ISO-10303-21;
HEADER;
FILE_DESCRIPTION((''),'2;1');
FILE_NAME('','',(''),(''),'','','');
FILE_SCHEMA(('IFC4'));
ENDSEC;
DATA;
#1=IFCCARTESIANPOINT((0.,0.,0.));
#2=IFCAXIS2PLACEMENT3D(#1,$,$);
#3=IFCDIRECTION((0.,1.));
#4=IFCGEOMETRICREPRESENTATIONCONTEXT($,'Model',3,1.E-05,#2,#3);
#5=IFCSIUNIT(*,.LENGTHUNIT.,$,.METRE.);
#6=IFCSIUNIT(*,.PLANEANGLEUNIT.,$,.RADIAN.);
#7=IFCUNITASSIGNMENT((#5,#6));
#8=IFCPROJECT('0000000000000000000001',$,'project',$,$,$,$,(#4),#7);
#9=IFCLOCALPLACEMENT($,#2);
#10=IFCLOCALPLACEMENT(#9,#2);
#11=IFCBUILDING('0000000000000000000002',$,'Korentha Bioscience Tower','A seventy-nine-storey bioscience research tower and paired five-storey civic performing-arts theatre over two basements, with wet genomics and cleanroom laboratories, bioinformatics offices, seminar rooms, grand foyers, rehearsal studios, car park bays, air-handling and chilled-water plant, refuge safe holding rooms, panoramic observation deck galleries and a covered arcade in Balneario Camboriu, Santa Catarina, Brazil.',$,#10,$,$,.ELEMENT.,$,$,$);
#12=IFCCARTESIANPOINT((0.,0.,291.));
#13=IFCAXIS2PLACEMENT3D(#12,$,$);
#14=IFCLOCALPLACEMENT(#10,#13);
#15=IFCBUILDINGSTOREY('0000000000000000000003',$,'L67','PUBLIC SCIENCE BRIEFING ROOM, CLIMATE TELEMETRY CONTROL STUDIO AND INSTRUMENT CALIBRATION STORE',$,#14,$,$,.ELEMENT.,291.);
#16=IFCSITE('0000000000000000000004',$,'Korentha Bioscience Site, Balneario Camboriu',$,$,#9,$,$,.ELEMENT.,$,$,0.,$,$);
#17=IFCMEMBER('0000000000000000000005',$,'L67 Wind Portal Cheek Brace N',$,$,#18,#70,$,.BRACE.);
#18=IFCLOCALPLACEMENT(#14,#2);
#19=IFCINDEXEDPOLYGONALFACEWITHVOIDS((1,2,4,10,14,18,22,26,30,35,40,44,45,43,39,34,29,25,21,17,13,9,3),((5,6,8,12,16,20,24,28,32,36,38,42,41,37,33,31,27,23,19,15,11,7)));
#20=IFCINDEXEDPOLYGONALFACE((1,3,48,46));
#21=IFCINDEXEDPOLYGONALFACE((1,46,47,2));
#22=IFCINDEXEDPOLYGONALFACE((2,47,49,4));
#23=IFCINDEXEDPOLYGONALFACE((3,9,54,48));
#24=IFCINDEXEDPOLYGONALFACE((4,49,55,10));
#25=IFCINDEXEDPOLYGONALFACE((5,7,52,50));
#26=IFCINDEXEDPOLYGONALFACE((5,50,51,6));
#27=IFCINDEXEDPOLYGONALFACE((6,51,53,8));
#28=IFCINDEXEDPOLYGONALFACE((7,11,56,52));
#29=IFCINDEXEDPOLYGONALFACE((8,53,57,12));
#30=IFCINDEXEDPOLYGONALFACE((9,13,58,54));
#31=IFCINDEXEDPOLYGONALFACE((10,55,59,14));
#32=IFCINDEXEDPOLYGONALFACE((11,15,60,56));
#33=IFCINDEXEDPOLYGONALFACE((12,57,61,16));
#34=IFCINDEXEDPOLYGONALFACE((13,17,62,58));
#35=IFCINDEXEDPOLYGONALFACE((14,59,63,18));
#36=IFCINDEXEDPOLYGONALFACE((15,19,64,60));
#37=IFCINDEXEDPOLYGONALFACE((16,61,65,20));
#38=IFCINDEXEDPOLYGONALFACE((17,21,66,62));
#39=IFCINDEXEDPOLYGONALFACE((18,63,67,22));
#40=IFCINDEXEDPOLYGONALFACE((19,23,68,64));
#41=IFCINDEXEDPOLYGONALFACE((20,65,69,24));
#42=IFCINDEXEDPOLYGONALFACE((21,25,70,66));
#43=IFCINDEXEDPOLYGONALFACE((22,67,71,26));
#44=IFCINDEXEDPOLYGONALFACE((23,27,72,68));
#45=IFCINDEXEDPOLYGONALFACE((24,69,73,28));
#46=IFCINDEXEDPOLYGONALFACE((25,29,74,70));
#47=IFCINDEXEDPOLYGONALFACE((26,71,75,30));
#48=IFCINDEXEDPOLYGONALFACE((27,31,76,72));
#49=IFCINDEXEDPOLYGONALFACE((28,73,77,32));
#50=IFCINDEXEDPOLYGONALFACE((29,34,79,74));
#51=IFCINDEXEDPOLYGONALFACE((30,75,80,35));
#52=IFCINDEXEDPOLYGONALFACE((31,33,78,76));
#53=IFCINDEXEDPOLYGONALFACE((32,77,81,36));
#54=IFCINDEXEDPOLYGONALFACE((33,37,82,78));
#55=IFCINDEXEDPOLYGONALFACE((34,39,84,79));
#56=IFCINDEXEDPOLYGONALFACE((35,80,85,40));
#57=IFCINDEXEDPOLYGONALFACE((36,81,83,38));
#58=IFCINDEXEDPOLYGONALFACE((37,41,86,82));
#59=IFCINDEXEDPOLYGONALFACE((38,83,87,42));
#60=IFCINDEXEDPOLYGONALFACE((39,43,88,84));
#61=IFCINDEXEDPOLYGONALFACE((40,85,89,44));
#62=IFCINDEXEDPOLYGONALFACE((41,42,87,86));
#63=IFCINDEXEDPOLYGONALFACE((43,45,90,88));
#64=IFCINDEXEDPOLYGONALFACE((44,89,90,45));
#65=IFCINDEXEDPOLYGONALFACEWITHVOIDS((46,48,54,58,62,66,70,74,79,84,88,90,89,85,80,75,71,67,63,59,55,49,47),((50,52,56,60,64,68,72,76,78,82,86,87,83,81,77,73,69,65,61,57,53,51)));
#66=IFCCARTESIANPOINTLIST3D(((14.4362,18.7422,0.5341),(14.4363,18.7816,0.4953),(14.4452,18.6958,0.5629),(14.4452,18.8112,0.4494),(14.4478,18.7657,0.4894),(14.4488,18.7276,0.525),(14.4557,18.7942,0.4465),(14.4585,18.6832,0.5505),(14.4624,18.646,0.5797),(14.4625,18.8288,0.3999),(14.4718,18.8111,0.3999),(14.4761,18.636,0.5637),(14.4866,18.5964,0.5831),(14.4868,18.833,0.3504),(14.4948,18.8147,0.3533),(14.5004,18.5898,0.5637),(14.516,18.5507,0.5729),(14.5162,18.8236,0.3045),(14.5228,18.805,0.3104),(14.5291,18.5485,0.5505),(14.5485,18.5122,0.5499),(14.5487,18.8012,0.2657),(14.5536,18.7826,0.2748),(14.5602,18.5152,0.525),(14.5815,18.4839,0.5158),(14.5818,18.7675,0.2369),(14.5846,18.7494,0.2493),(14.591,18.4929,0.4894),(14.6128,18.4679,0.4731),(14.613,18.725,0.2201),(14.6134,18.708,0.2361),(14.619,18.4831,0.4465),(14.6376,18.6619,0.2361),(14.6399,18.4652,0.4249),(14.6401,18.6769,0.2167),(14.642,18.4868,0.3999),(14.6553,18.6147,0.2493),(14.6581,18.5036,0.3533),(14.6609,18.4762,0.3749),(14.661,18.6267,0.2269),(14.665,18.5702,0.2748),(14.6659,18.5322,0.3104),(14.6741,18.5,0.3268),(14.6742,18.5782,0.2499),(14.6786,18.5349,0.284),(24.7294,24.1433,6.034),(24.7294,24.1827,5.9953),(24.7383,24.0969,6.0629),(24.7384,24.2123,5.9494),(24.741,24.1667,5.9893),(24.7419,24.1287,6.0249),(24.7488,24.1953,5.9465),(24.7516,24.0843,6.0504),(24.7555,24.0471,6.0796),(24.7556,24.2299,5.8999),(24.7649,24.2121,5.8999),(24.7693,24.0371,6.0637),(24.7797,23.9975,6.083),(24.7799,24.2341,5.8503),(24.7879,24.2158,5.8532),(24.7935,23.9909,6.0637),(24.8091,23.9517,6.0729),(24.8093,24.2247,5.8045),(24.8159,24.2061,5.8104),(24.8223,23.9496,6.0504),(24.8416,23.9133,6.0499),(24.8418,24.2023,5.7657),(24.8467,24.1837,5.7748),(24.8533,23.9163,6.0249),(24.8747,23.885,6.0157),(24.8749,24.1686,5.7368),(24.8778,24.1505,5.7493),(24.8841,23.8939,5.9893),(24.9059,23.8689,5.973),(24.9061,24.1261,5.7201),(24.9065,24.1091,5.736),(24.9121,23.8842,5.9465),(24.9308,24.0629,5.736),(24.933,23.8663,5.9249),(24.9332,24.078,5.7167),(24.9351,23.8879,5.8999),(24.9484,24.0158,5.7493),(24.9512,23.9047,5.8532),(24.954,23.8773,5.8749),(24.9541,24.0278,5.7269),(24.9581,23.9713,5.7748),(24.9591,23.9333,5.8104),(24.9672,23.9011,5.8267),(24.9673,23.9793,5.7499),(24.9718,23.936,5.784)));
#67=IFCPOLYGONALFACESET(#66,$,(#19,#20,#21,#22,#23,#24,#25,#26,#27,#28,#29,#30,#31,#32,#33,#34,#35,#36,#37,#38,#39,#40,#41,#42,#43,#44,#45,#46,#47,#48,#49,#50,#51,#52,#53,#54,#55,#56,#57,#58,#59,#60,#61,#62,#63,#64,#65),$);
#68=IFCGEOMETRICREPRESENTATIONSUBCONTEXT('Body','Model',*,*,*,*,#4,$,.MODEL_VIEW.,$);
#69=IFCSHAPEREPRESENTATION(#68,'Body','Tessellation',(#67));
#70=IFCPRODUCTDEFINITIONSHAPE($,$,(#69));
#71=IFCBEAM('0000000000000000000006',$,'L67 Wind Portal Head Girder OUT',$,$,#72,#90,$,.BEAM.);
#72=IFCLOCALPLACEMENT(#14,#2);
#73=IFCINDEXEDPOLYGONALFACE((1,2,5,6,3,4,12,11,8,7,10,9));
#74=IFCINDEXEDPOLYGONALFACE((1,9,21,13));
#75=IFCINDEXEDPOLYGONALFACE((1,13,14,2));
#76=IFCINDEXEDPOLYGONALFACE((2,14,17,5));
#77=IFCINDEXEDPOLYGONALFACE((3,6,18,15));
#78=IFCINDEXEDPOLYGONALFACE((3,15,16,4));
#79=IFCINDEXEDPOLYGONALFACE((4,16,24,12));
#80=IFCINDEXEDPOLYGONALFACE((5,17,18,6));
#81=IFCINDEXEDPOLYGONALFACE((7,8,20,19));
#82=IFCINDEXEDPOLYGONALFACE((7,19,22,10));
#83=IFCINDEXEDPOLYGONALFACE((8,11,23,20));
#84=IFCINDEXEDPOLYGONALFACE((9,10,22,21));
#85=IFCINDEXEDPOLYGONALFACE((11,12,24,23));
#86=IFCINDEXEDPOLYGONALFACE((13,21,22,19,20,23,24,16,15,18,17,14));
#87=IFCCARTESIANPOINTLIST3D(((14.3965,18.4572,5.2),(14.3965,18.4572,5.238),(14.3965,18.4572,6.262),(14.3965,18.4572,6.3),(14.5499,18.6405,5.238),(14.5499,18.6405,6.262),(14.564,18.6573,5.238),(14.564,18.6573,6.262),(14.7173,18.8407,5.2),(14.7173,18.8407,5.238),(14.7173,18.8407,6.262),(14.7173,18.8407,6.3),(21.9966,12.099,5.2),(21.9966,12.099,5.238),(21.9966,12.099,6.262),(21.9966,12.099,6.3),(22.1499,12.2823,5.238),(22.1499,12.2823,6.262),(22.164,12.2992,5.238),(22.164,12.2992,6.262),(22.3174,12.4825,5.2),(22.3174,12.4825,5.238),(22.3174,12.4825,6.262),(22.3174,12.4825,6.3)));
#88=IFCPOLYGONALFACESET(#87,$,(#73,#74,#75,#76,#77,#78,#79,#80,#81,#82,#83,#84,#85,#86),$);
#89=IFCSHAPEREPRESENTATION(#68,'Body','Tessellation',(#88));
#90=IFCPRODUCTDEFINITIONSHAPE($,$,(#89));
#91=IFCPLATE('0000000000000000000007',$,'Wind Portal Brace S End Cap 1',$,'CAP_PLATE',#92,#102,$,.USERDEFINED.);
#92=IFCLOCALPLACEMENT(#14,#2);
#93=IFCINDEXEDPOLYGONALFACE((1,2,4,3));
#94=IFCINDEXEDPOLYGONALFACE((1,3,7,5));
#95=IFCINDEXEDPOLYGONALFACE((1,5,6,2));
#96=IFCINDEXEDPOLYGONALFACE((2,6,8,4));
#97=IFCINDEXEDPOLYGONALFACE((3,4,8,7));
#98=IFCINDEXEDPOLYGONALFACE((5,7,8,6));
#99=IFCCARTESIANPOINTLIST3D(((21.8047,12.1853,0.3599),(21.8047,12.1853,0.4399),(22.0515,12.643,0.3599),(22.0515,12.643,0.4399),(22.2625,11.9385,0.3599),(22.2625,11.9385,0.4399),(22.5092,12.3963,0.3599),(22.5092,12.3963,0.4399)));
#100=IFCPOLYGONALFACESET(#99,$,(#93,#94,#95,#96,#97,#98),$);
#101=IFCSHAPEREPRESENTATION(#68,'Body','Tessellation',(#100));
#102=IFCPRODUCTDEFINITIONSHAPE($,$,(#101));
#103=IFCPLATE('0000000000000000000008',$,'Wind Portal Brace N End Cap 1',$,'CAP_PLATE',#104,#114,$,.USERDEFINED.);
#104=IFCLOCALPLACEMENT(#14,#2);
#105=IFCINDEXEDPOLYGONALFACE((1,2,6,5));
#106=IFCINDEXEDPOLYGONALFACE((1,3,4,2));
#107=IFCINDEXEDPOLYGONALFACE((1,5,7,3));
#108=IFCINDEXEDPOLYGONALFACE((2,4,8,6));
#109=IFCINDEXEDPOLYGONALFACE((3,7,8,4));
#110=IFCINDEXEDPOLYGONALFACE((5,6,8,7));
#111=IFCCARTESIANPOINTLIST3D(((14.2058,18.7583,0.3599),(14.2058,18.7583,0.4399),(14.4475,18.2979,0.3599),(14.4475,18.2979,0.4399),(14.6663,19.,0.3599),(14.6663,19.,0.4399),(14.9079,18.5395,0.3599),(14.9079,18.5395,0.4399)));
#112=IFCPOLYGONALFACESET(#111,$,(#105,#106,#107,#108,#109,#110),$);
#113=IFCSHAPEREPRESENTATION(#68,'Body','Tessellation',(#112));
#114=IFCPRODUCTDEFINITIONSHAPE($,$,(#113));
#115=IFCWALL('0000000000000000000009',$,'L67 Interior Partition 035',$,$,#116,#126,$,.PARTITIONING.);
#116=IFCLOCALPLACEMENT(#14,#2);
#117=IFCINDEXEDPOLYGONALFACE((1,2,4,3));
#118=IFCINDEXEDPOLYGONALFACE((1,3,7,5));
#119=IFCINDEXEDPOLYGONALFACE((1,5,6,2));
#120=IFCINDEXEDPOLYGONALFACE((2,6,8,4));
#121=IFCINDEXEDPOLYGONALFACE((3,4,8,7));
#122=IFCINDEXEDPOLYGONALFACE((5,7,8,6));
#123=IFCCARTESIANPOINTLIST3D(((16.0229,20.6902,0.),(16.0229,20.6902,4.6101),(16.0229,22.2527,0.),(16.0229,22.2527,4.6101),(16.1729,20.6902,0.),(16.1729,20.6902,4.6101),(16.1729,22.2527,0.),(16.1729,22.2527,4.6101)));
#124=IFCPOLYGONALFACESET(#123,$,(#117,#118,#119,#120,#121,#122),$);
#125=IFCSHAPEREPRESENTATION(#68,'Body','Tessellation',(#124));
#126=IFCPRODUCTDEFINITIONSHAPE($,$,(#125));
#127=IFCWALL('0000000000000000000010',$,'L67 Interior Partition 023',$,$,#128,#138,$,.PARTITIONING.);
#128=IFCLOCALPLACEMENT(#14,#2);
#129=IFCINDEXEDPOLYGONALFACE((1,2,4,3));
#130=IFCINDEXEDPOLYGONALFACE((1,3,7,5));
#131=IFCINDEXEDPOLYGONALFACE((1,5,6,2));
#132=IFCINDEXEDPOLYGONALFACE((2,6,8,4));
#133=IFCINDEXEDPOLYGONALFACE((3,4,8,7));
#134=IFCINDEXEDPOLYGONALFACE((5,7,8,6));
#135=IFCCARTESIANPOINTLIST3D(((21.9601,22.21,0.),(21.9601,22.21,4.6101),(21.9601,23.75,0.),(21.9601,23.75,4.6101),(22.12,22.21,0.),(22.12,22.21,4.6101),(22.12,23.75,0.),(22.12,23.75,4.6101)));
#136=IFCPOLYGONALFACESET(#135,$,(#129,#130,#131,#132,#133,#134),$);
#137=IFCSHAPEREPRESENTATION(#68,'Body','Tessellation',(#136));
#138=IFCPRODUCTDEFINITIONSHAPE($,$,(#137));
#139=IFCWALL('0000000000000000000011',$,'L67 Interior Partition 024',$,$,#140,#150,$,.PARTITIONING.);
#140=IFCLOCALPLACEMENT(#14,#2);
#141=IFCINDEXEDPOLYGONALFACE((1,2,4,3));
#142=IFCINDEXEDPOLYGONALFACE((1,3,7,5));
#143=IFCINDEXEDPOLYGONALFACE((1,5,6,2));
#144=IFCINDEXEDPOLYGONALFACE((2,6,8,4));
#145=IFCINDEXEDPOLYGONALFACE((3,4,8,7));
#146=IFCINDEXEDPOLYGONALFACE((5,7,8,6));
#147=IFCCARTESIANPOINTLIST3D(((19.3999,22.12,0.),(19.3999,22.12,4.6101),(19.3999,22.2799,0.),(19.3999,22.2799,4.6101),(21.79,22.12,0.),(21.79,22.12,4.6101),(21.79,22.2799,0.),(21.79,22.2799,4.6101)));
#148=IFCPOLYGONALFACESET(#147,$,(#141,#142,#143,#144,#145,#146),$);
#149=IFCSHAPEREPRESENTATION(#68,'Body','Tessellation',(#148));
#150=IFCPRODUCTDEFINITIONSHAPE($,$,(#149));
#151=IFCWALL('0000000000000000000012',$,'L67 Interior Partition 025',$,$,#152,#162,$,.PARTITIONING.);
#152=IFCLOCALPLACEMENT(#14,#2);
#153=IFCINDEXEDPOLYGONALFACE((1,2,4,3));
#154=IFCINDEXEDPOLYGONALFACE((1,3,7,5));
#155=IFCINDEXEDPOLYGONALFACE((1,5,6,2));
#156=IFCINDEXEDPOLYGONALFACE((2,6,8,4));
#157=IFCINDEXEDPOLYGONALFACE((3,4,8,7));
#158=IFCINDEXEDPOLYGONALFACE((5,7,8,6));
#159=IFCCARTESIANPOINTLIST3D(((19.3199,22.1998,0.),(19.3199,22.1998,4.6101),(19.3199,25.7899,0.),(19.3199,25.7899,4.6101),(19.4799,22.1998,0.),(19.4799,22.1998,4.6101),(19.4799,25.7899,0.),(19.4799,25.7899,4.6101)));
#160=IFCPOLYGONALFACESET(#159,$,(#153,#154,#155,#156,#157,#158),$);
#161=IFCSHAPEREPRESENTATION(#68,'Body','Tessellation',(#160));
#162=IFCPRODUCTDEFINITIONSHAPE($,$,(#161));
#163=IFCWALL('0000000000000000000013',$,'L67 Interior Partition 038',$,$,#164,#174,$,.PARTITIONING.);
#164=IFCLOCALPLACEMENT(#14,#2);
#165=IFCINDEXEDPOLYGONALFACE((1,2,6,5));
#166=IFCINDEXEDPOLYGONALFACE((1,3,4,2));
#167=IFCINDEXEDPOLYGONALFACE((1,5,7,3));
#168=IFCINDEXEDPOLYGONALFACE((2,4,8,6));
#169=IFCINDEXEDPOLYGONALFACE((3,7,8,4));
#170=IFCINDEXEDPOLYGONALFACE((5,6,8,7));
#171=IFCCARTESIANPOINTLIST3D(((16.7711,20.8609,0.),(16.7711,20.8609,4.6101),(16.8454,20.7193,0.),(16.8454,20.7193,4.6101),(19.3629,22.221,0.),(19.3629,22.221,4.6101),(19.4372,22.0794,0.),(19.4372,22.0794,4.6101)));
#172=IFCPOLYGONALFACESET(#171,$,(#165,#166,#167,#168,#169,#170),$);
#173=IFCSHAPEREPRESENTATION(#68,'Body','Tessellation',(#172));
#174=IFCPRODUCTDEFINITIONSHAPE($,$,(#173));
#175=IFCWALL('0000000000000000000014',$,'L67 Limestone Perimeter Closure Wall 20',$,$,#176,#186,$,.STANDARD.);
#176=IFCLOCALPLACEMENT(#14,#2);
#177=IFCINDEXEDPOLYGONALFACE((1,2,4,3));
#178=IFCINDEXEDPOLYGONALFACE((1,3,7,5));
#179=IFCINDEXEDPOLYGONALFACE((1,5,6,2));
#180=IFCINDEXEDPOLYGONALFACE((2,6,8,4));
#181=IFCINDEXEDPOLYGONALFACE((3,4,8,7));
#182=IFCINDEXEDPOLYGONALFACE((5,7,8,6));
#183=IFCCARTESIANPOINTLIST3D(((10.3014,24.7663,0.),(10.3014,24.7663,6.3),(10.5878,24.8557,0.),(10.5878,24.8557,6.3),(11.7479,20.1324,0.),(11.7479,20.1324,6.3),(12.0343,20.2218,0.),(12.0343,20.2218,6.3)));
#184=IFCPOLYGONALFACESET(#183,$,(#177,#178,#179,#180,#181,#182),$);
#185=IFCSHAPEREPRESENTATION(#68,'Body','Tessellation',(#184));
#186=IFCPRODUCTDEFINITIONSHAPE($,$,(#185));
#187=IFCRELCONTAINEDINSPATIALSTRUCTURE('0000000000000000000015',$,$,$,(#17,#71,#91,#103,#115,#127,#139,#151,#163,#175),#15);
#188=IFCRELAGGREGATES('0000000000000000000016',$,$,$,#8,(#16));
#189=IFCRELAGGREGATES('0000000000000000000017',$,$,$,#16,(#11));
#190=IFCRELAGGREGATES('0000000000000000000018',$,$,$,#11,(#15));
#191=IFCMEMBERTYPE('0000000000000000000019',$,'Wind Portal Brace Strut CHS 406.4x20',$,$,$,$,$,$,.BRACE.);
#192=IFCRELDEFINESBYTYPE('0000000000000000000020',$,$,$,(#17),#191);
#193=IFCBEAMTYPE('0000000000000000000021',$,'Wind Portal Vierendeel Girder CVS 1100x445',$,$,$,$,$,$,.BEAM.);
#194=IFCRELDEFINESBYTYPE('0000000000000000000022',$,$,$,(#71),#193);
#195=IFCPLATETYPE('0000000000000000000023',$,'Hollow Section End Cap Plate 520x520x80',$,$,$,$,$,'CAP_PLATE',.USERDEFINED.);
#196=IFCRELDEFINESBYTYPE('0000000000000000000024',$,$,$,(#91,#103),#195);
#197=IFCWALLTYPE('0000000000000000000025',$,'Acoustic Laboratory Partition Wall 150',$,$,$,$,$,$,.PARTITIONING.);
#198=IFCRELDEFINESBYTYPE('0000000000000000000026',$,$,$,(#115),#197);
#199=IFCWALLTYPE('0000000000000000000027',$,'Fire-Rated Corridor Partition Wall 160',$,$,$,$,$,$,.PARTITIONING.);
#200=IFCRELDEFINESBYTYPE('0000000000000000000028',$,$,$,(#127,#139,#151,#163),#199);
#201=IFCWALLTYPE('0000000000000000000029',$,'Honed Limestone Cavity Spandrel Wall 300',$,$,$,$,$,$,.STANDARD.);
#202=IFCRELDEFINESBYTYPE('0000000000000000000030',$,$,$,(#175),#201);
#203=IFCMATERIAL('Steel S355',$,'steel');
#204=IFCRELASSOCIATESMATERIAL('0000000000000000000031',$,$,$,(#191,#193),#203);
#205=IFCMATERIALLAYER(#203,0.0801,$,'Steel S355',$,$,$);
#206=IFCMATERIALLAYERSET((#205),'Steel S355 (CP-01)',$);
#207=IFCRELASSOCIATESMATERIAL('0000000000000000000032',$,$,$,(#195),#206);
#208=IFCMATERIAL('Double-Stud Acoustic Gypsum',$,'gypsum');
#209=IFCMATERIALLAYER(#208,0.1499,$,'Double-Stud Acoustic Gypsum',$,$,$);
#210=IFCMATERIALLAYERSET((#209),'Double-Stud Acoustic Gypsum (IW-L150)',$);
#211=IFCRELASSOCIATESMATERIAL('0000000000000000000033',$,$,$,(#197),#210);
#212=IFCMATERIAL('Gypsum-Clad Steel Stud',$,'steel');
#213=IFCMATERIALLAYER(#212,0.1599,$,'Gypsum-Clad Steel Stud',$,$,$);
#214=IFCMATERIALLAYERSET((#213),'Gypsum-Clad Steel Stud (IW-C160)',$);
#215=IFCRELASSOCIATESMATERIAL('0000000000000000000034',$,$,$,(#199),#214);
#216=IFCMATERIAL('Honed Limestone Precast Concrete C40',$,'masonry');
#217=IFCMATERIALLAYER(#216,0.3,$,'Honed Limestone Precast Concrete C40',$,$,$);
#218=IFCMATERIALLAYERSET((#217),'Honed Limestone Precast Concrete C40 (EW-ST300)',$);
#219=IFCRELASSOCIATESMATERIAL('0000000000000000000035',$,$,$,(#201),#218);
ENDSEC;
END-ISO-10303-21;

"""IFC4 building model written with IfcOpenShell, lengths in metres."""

from ifc_helpers import new_model, si_unit, direction, frame, frame_2d, origin, origin_2d, place, context, subcontext, project, spatial, rectangle, hollow_circle, i_section, extrude, material, layer, layer_set, material_profile, profile_set, type_object, element, save


model = new_model("IFC4")

# Units and contexts
model_context = context("Model", 3, precision=1e-05, world=origin(), true_north=direction((0.0, 1.0)))
body_context = subcontext(model_context, "Body", "Model", "MODEL_VIEW")
ifc_project = project(units=[si_unit("LENGTHUNIT", "METRE"), si_unit("PLANEANGLEUNIT", "RADIAN")], contexts=[model_context])

# Site, building, storey
site_placement = place(None, origin())
site = spatial("IfcSite", under=ifc_project, at=site_placement, Name="Korentha Bioscience Site, Balneario Camboriu", CompositionType="ELEMENT", RefElevation=0.0)
building_placement = place(site_placement, origin())
building = spatial("IfcBuilding", under=site, at=building_placement, Name="Korentha Bioscience Tower", Description="A seventy-nine-storey bioscience research tower and paired five-storey civic performing-arts theatre over two basements, with wet genomics and cleanroom laboratories, bioinformatics offices, seminar rooms, grand foyers, rehearsal studios, car park bays, air-handling and chilled-water plant, refuge safe holding rooms, panoramic observation deck galleries and a covered arcade in Balneario Camboriu, Santa Catarina, Brazil.", CompositionType="ELEMENT")
storey_placement = place(building_placement, frame((0.0, 0.0, 291.0)))
storey = spatial("IfcBuildingStorey", under=building, at=storey_placement, Name="L67", Description="PUBLIC SCIENCE BRIEFING ROOM, CLIMATE TELEMETRY CONTROL STUDIO AND INSTRUMENT CALIBRATION STORE", CompositionType="ELEMENT", Elevation=291.0)

# Shared definitions
ifc_material_1 = material(Name="Steel S355", Category="steel")

# Member
ifc_material_profile_1 = material_profile(ifc_material_1, hollow_circle(Radius=0.2031, WallThickness=0.02, at=origin_2d()), Name="Steel S355")
ifc_profile_set_1 = profile_set([ifc_material_profile_1], Name="Steel S355 (WP-BR406)")
member_type_1 = type_object("IfcMemberType", Name="Wind Portal Brace Strut CHS 406.4x20", PredefinedType="BRACE", material=ifc_profile_set_1)
member_1_placement = place(storey_placement, frame((14.5569, 18.6489, 0.3999), z_axis=(0.800423, 0.420003, 0.427692), x_axis=(-0.464644, 0.885498, 0.0)))
element("IfcMember", 1, at=member_1_placement, inside=storey, type_object=member_type_1, Name="L67 Wind Portal Cheek Brace N", PredefinedType="BRACE", context=body_context, shape_type="SweptSolid", body=[
    extrude(hollow_circle(Radius=0.2031, WallThickness=0.02, at=origin_2d()), origin(), (0.0, 0.0, 1.0), 12.8596),
])

# Beam
ifc_material_profile_2 = material_profile(ifc_material_1, i_section(OverallWidth=0.5, OverallDepth=1.1001, WebThickness=0.022, FlangeThickness=0.0381, at=origin_2d()), Name="Steel S355")
ifc_profile_set_2 = profile_set([ifc_material_profile_2], Name="Steel S355 (WP-B1)")
beam_type_1 = type_object("IfcBeamType", Name="Wind Portal Vierendeel Girder CVS 1100x445", PredefinedType="BEAM", material=ifc_profile_set_2)
beam_1_placement = place(storey_placement, frame((22.157, 12.2908, 5.75), z_axis=(-0.766992, 0.641657, 0.0), x_axis=(-0.641657, -0.766992, 0.0)))
element("IfcBeam", 2, at=beam_1_placement, inside=storey, type_object=beam_type_1, Name="L67 Wind Portal Head Girder OUT", PredefinedType="BEAM", context=body_context, shape_type="SweptSolid", body=[
    extrude(i_section(OverallWidth=0.5, OverallDepth=1.1001, WebThickness=0.022, FlangeThickness=0.0381, at=origin_2d()), origin(), (0.0, 0.0, 1.0), 9.9089),
])

# Plates
ifc_layer_1 = layer(ifc_material_1, 0.0801, Name="Steel S355")
ifc_layer_set_1 = layer_set([ifc_layer_1], Name="Steel S355 (CP-01)")
plate_type = type_object("IfcPlateType", Name="Hollow Section End Cap Plate 520x520x80", ElementType="CAP_PLATE", PredefinedType="USERDEFINED", material=ifc_layer_set_1)
for number, where, z_axis, x_axis, name in (
    (3, (22.157, 12.2908, 0.3599), (0.0, 0.0, 1.0), (0.474549, 0.880229, 0.0), "Wind Portal Brace S End Cap 1"),
    (4, (14.5569, 18.6489, 0.3599), (0.0, 0.0, 1.0), (0.885475, 0.464688, 0.0), "Wind Portal Brace N End Cap 1"),
):
    element("IfcPlate", number, at=place(storey_placement, frame(where, z_axis=z_axis, x_axis=x_axis)), inside=storey, type_object=plate_type, Name=name, ObjectType="CAP_PLATE", PredefinedType="USERDEFINED", context=body_context, shape_type="SweptSolid", body=[
        extrude(rectangle(XDim=0.52, YDim=0.52, at=origin_2d()), origin(), (0.0, 0.0, 1.0), 0.0801),
    ])

# Wall
ifc_material_2 = material(Name="Double-Stud Acoustic Gypsum", Category="gypsum")
ifc_layer_2 = layer(ifc_material_2, 0.1499, Name="Double-Stud Acoustic Gypsum")
ifc_layer_set_2 = layer_set([ifc_layer_2], Name="Double-Stud Acoustic Gypsum (IW-L150)")
wall_type_1 = type_object("IfcWallType", Name="Acoustic Laboratory Partition Wall 150", PredefinedType="PARTITIONING", material=ifc_layer_set_2)
wall_1_placement = place(storey_placement, frame((16.0979, 22.2527, 0.0), z_axis=(0.0, 0.0, 1.0), x_axis=(0.0, -1.0, 0.0)))
element("IfcWall", 5, at=wall_1_placement, inside=storey, type_object=wall_type_1, Name="L67 Interior Partition 035", PredefinedType="PARTITIONING", context=body_context, shape_type="SweptSolid", body=[
    extrude(rectangle(XDim=1.5625, YDim=0.1499, at=frame_2d((0.7812, 0.0))), origin(), (0.0, 0.0, 1.0), 4.6101),
])

# Shared definitions
ifc_material_3 = material(Name="Gypsum-Clad Steel Stud", Category="steel")
ifc_layer_3 = layer(ifc_material_3, 0.1599, Name="Gypsum-Clad Steel Stud")
ifc_layer_set_3 = layer_set([ifc_layer_3], Name="Gypsum-Clad Steel Stud (IW-C160)")
wall_type_2 = type_object("IfcWallType", Name="Fire-Rated Corridor Partition Wall 160", PredefinedType="PARTITIONING", material=ifc_layer_set_3)

# Walls
wall_2_placement = place(storey_placement, frame((22.04, 23.75, 0.0), z_axis=(0.0, 0.0, 1.0), x_axis=(0.0, -1.0, 0.0)))
element("IfcWall", 6, at=wall_2_placement, inside=storey, type_object=wall_type_2, Name="L67 Interior Partition 023", PredefinedType="PARTITIONING", context=body_context, shape_type="SweptSolid", body=[
    extrude(rectangle(XDim=1.54, YDim=0.1599, at=frame_2d((0.77, 0.0))), origin(), (0.0, 0.0, 1.0), 4.6101),
])
wall_3_placement = place(storey_placement, frame((21.79, 22.2, 0.0), z_axis=(0.0, 0.0, 1.0), x_axis=(-1.0, 0.0, 0.0)))
element("IfcWall", 7, at=wall_3_placement, inside=storey, type_object=wall_type_2, Name="L67 Interior Partition 024", PredefinedType="PARTITIONING", context=body_context, shape_type="SweptSolid", body=[
    extrude(rectangle(XDim=2.3901, YDim=0.1599, at=frame_2d((1.1951, 0.0))), origin(), (0.0, 0.0, 1.0), 4.6101),
])
wall_4_placement = place(storey_placement, frame((19.3999, 22.2, 0.0), z_axis=(0.0, 0.0, 1.0), x_axis=(0.0, 1.0, 0.0)))
element("IfcWall", 8, at=wall_4_placement, inside=storey, type_object=wall_type_2, Name="L67 Interior Partition 025", PredefinedType="PARTITIONING", context=body_context, shape_type="SweptSolid", body=[
    extrude(rectangle(XDim=3.5901, YDim=0.1599, at=frame_2d((1.7949, 0.0))), origin(), (0.0, 0.0, 1.0), 4.6101),
])
wall_5_placement = place(storey_placement, frame((19.3999, 22.1501, 0.0), z_axis=(0.0, 0.0, 1.0), x_axis=(-0.88548, -0.464677, 0.0)))
element("IfcWall", 9, at=wall_5_placement, inside=storey, type_object=wall_type_2, Name="L67 Interior Partition 038", PredefinedType="PARTITIONING", context=body_context, shape_type="SweptSolid", body=[
    extrude(rectangle(XDim=2.927, YDim=0.1599, at=frame_2d((1.4634, 0.0))), origin(), (0.0, 0.0, 1.0), 4.6101),
])
ifc_material_4 = material(Name="Honed Limestone Precast Concrete C40", Category="masonry")
ifc_layer_4 = layer(ifc_material_4, 0.3, Name="Honed Limestone Precast Concrete C40")
ifc_layer_set_4 = layer_set([ifc_layer_4], Name="Honed Limestone Precast Concrete C40 (EW-ST300)")
wall_type_3 = type_object("IfcWallType", Name="Honed Limestone Cavity Spandrel Wall 300", PredefinedType="STANDARD", material=ifc_layer_set_4)
wall_6_placement = place(storey_placement, frame((10.4446, 24.811, 0.0), z_axis=(0.0, 0.0, 1.0), x_axis=(0.297974, -0.954574, 0.0)))
element("IfcWall", 10, at=wall_6_placement, inside=storey, type_object=wall_type_3, Name="L67 Limestone Perimeter Closure Wall 20", PredefinedType="STANDARD", context=body_context, shape_type="SweptSolid", body=[
    extrude(rectangle(XDim=4.8545, YDim=0.3, at=frame_2d((2.4272, 0.0))), origin(), (0.0, 0.0, 1.0), 6.3),
])

save(model, "model.ifc")
